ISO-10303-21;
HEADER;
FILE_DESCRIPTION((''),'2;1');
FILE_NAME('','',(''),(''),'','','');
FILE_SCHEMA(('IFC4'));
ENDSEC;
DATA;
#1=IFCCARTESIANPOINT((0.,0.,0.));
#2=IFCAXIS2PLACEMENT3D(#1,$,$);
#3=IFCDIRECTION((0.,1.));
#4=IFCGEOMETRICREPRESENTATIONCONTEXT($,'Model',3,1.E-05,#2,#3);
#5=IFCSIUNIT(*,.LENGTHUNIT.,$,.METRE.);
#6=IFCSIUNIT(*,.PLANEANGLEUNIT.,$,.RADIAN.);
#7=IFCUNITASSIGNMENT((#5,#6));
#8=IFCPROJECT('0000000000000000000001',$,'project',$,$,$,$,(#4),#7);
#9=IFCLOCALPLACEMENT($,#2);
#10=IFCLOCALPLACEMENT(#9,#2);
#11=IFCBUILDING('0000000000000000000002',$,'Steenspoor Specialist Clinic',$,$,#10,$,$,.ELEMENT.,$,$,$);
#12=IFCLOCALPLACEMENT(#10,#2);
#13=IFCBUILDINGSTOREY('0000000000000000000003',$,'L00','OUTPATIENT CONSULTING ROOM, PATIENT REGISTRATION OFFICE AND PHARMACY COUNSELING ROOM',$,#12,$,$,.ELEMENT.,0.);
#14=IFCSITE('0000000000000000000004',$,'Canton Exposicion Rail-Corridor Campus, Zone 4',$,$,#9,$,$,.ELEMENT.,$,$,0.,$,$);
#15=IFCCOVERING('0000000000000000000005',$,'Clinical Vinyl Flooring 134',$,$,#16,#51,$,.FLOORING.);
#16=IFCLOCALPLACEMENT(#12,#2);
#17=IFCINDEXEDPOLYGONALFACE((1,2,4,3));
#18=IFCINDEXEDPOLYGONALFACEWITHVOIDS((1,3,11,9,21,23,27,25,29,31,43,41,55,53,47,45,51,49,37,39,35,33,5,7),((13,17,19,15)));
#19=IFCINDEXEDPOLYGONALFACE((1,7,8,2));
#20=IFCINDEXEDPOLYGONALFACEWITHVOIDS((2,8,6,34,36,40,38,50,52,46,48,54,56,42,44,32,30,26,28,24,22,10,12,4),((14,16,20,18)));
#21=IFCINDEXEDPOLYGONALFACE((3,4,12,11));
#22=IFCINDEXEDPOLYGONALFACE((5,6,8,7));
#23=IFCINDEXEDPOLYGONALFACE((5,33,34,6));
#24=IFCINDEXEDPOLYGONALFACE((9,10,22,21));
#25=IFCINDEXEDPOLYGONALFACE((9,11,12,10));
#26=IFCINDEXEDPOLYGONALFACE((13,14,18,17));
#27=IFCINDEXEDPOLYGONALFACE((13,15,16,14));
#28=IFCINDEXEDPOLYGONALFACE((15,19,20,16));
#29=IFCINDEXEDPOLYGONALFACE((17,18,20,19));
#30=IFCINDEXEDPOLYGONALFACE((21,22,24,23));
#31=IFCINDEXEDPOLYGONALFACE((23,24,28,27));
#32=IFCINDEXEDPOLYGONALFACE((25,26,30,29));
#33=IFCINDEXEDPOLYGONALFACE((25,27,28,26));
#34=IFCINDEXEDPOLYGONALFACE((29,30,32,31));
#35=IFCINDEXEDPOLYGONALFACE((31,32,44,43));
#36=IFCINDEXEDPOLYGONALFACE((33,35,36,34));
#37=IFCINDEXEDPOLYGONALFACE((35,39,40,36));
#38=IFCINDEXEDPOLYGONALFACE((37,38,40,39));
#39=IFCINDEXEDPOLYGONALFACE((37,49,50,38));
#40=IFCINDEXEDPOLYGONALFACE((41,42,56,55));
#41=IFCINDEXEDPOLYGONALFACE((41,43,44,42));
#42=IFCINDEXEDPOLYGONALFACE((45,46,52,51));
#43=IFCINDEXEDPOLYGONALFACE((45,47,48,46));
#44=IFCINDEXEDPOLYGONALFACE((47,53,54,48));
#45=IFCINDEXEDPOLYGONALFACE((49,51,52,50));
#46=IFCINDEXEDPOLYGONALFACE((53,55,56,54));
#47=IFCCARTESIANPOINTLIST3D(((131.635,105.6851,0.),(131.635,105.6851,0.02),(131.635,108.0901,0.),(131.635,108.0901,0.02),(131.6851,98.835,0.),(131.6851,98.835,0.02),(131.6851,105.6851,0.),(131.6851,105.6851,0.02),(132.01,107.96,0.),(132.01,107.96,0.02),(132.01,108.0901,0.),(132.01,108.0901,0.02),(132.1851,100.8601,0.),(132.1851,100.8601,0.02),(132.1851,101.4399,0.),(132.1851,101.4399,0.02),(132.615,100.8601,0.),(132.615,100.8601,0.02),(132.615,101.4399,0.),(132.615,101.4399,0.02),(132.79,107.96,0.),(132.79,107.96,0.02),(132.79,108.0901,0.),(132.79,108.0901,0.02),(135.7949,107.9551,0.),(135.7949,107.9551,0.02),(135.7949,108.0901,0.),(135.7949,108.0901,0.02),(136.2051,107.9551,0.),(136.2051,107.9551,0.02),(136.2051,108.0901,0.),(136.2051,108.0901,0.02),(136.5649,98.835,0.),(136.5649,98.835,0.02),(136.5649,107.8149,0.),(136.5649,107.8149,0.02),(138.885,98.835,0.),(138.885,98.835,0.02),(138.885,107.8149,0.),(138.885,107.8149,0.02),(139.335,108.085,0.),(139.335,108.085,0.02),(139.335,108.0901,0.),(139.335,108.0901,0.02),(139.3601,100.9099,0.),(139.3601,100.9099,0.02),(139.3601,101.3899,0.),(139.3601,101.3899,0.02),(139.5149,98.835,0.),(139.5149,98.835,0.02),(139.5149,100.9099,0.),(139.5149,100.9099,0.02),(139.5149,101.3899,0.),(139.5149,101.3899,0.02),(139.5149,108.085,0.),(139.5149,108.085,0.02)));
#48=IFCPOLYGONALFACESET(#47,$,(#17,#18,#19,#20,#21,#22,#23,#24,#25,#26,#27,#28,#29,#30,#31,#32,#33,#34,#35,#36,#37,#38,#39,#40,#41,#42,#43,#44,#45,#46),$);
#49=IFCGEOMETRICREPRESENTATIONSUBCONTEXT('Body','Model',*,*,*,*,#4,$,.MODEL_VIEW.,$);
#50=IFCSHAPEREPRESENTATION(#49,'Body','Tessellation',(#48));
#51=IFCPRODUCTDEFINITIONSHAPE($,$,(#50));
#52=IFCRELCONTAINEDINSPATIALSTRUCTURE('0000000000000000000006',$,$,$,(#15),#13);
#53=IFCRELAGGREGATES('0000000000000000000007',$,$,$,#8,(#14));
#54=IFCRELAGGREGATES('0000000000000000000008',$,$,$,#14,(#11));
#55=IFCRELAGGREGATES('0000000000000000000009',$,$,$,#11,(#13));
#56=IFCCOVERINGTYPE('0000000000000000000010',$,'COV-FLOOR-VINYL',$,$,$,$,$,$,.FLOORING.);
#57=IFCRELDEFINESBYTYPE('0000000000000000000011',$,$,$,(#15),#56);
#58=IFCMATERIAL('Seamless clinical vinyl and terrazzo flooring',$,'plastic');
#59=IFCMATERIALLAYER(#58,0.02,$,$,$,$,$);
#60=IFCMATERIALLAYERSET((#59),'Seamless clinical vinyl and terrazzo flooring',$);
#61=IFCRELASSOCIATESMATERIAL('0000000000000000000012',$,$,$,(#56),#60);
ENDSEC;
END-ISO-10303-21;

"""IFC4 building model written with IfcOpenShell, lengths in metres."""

from ifc_helpers import new_model, si_unit, direction, origin, place, context, subcontext, project, spatial, polyline, outline, extrude, material, layer, layer_set, type_object, element, save


model = new_model("IFC4")

# Units and contexts
model_context = context("Model", 3, precision=1e-05, world=origin(), true_north=direction((0.0, 1.0)))
body_context = subcontext(model_context, "Body", "Model", "MODEL_VIEW")
ifc_project = project(units=[si_unit("LENGTHUNIT", "METRE"), si_unit("PLANEANGLEUNIT", "RADIAN")], contexts=[model_context])

# Site, building, storey
site_placement = place(None, origin())
site = spatial("IfcSite", under=ifc_project, at=site_placement, Name="Canton Exposicion Rail-Corridor Campus, Zone 4", CompositionType="ELEMENT", RefElevation=0.0)
building_placement = place(site_placement, origin())
building = spatial("IfcBuilding", under=site, at=building_placement, Name="Steenspoor Specialist Clinic", CompositionType="ELEMENT")
storey_placement = place(building_placement, origin())
storey = spatial("IfcBuildingStorey", under=building, at=storey_placement, Name="L00", Description="OUTPATIENT CONSULTING ROOM, PATIENT REGISTRATION OFFICE AND PHARMACY COUNSELING ROOM", CompositionType="ELEMENT", Elevation=0.0)

# Covering
ifc_material_1 = material(Name="Seamless clinical vinyl and terrazzo flooring", Category="plastic")
ifc_layer_1 = layer(ifc_material_1, 0.02)
ifc_layer_set_1 = layer_set([ifc_layer_1], Name="Seamless clinical vinyl and terrazzo flooring")
covering_type_1 = type_object("IfcCoveringType", Name="COV-FLOOR-VINYL", PredefinedType="FLOORING", material=ifc_layer_set_1)
covering_1_placement = place(storey_placement, origin())
element("IfcCovering", 1, at=covering_1_placement, inside=storey, type_object=covering_type_1, Name="Clinical Vinyl Flooring 134", PredefinedType="FLOORING", context=body_context, shape_type="SweptSolid", body=[
    extrude(outline(polyline([(132.01, 108.0901), (132.01, 107.96), (132.79, 107.96), (132.79, 108.0901), (135.7949, 108.0901), (135.7949, 107.9551), (136.2051, 107.9551), (136.2051, 108.0901), (139.335, 108.0901), (139.335, 108.085), (139.5149, 108.085), (139.5149, 101.3899), (139.3601, 101.3899), (139.3601, 100.9099), (139.5149, 100.9099), (139.5149, 98.835), (138.885, 98.835), (138.885, 107.8149), (136.5649, 107.8149), (136.5649, 98.835), (131.6851, 98.835), (131.6851, 105.6851), (131.635, 105.6851), (131.635, 108.0901), (132.01, 108.0901)]), holes=[polyline([(132.615, 100.8601), (132.615, 101.4399), (132.1851, 101.4399), (132.1851, 100.8601), (132.615, 100.8601)])]), origin(), (0.0, 0.0, 1.0), 0.02),
])

save(model, "model.ifc")
